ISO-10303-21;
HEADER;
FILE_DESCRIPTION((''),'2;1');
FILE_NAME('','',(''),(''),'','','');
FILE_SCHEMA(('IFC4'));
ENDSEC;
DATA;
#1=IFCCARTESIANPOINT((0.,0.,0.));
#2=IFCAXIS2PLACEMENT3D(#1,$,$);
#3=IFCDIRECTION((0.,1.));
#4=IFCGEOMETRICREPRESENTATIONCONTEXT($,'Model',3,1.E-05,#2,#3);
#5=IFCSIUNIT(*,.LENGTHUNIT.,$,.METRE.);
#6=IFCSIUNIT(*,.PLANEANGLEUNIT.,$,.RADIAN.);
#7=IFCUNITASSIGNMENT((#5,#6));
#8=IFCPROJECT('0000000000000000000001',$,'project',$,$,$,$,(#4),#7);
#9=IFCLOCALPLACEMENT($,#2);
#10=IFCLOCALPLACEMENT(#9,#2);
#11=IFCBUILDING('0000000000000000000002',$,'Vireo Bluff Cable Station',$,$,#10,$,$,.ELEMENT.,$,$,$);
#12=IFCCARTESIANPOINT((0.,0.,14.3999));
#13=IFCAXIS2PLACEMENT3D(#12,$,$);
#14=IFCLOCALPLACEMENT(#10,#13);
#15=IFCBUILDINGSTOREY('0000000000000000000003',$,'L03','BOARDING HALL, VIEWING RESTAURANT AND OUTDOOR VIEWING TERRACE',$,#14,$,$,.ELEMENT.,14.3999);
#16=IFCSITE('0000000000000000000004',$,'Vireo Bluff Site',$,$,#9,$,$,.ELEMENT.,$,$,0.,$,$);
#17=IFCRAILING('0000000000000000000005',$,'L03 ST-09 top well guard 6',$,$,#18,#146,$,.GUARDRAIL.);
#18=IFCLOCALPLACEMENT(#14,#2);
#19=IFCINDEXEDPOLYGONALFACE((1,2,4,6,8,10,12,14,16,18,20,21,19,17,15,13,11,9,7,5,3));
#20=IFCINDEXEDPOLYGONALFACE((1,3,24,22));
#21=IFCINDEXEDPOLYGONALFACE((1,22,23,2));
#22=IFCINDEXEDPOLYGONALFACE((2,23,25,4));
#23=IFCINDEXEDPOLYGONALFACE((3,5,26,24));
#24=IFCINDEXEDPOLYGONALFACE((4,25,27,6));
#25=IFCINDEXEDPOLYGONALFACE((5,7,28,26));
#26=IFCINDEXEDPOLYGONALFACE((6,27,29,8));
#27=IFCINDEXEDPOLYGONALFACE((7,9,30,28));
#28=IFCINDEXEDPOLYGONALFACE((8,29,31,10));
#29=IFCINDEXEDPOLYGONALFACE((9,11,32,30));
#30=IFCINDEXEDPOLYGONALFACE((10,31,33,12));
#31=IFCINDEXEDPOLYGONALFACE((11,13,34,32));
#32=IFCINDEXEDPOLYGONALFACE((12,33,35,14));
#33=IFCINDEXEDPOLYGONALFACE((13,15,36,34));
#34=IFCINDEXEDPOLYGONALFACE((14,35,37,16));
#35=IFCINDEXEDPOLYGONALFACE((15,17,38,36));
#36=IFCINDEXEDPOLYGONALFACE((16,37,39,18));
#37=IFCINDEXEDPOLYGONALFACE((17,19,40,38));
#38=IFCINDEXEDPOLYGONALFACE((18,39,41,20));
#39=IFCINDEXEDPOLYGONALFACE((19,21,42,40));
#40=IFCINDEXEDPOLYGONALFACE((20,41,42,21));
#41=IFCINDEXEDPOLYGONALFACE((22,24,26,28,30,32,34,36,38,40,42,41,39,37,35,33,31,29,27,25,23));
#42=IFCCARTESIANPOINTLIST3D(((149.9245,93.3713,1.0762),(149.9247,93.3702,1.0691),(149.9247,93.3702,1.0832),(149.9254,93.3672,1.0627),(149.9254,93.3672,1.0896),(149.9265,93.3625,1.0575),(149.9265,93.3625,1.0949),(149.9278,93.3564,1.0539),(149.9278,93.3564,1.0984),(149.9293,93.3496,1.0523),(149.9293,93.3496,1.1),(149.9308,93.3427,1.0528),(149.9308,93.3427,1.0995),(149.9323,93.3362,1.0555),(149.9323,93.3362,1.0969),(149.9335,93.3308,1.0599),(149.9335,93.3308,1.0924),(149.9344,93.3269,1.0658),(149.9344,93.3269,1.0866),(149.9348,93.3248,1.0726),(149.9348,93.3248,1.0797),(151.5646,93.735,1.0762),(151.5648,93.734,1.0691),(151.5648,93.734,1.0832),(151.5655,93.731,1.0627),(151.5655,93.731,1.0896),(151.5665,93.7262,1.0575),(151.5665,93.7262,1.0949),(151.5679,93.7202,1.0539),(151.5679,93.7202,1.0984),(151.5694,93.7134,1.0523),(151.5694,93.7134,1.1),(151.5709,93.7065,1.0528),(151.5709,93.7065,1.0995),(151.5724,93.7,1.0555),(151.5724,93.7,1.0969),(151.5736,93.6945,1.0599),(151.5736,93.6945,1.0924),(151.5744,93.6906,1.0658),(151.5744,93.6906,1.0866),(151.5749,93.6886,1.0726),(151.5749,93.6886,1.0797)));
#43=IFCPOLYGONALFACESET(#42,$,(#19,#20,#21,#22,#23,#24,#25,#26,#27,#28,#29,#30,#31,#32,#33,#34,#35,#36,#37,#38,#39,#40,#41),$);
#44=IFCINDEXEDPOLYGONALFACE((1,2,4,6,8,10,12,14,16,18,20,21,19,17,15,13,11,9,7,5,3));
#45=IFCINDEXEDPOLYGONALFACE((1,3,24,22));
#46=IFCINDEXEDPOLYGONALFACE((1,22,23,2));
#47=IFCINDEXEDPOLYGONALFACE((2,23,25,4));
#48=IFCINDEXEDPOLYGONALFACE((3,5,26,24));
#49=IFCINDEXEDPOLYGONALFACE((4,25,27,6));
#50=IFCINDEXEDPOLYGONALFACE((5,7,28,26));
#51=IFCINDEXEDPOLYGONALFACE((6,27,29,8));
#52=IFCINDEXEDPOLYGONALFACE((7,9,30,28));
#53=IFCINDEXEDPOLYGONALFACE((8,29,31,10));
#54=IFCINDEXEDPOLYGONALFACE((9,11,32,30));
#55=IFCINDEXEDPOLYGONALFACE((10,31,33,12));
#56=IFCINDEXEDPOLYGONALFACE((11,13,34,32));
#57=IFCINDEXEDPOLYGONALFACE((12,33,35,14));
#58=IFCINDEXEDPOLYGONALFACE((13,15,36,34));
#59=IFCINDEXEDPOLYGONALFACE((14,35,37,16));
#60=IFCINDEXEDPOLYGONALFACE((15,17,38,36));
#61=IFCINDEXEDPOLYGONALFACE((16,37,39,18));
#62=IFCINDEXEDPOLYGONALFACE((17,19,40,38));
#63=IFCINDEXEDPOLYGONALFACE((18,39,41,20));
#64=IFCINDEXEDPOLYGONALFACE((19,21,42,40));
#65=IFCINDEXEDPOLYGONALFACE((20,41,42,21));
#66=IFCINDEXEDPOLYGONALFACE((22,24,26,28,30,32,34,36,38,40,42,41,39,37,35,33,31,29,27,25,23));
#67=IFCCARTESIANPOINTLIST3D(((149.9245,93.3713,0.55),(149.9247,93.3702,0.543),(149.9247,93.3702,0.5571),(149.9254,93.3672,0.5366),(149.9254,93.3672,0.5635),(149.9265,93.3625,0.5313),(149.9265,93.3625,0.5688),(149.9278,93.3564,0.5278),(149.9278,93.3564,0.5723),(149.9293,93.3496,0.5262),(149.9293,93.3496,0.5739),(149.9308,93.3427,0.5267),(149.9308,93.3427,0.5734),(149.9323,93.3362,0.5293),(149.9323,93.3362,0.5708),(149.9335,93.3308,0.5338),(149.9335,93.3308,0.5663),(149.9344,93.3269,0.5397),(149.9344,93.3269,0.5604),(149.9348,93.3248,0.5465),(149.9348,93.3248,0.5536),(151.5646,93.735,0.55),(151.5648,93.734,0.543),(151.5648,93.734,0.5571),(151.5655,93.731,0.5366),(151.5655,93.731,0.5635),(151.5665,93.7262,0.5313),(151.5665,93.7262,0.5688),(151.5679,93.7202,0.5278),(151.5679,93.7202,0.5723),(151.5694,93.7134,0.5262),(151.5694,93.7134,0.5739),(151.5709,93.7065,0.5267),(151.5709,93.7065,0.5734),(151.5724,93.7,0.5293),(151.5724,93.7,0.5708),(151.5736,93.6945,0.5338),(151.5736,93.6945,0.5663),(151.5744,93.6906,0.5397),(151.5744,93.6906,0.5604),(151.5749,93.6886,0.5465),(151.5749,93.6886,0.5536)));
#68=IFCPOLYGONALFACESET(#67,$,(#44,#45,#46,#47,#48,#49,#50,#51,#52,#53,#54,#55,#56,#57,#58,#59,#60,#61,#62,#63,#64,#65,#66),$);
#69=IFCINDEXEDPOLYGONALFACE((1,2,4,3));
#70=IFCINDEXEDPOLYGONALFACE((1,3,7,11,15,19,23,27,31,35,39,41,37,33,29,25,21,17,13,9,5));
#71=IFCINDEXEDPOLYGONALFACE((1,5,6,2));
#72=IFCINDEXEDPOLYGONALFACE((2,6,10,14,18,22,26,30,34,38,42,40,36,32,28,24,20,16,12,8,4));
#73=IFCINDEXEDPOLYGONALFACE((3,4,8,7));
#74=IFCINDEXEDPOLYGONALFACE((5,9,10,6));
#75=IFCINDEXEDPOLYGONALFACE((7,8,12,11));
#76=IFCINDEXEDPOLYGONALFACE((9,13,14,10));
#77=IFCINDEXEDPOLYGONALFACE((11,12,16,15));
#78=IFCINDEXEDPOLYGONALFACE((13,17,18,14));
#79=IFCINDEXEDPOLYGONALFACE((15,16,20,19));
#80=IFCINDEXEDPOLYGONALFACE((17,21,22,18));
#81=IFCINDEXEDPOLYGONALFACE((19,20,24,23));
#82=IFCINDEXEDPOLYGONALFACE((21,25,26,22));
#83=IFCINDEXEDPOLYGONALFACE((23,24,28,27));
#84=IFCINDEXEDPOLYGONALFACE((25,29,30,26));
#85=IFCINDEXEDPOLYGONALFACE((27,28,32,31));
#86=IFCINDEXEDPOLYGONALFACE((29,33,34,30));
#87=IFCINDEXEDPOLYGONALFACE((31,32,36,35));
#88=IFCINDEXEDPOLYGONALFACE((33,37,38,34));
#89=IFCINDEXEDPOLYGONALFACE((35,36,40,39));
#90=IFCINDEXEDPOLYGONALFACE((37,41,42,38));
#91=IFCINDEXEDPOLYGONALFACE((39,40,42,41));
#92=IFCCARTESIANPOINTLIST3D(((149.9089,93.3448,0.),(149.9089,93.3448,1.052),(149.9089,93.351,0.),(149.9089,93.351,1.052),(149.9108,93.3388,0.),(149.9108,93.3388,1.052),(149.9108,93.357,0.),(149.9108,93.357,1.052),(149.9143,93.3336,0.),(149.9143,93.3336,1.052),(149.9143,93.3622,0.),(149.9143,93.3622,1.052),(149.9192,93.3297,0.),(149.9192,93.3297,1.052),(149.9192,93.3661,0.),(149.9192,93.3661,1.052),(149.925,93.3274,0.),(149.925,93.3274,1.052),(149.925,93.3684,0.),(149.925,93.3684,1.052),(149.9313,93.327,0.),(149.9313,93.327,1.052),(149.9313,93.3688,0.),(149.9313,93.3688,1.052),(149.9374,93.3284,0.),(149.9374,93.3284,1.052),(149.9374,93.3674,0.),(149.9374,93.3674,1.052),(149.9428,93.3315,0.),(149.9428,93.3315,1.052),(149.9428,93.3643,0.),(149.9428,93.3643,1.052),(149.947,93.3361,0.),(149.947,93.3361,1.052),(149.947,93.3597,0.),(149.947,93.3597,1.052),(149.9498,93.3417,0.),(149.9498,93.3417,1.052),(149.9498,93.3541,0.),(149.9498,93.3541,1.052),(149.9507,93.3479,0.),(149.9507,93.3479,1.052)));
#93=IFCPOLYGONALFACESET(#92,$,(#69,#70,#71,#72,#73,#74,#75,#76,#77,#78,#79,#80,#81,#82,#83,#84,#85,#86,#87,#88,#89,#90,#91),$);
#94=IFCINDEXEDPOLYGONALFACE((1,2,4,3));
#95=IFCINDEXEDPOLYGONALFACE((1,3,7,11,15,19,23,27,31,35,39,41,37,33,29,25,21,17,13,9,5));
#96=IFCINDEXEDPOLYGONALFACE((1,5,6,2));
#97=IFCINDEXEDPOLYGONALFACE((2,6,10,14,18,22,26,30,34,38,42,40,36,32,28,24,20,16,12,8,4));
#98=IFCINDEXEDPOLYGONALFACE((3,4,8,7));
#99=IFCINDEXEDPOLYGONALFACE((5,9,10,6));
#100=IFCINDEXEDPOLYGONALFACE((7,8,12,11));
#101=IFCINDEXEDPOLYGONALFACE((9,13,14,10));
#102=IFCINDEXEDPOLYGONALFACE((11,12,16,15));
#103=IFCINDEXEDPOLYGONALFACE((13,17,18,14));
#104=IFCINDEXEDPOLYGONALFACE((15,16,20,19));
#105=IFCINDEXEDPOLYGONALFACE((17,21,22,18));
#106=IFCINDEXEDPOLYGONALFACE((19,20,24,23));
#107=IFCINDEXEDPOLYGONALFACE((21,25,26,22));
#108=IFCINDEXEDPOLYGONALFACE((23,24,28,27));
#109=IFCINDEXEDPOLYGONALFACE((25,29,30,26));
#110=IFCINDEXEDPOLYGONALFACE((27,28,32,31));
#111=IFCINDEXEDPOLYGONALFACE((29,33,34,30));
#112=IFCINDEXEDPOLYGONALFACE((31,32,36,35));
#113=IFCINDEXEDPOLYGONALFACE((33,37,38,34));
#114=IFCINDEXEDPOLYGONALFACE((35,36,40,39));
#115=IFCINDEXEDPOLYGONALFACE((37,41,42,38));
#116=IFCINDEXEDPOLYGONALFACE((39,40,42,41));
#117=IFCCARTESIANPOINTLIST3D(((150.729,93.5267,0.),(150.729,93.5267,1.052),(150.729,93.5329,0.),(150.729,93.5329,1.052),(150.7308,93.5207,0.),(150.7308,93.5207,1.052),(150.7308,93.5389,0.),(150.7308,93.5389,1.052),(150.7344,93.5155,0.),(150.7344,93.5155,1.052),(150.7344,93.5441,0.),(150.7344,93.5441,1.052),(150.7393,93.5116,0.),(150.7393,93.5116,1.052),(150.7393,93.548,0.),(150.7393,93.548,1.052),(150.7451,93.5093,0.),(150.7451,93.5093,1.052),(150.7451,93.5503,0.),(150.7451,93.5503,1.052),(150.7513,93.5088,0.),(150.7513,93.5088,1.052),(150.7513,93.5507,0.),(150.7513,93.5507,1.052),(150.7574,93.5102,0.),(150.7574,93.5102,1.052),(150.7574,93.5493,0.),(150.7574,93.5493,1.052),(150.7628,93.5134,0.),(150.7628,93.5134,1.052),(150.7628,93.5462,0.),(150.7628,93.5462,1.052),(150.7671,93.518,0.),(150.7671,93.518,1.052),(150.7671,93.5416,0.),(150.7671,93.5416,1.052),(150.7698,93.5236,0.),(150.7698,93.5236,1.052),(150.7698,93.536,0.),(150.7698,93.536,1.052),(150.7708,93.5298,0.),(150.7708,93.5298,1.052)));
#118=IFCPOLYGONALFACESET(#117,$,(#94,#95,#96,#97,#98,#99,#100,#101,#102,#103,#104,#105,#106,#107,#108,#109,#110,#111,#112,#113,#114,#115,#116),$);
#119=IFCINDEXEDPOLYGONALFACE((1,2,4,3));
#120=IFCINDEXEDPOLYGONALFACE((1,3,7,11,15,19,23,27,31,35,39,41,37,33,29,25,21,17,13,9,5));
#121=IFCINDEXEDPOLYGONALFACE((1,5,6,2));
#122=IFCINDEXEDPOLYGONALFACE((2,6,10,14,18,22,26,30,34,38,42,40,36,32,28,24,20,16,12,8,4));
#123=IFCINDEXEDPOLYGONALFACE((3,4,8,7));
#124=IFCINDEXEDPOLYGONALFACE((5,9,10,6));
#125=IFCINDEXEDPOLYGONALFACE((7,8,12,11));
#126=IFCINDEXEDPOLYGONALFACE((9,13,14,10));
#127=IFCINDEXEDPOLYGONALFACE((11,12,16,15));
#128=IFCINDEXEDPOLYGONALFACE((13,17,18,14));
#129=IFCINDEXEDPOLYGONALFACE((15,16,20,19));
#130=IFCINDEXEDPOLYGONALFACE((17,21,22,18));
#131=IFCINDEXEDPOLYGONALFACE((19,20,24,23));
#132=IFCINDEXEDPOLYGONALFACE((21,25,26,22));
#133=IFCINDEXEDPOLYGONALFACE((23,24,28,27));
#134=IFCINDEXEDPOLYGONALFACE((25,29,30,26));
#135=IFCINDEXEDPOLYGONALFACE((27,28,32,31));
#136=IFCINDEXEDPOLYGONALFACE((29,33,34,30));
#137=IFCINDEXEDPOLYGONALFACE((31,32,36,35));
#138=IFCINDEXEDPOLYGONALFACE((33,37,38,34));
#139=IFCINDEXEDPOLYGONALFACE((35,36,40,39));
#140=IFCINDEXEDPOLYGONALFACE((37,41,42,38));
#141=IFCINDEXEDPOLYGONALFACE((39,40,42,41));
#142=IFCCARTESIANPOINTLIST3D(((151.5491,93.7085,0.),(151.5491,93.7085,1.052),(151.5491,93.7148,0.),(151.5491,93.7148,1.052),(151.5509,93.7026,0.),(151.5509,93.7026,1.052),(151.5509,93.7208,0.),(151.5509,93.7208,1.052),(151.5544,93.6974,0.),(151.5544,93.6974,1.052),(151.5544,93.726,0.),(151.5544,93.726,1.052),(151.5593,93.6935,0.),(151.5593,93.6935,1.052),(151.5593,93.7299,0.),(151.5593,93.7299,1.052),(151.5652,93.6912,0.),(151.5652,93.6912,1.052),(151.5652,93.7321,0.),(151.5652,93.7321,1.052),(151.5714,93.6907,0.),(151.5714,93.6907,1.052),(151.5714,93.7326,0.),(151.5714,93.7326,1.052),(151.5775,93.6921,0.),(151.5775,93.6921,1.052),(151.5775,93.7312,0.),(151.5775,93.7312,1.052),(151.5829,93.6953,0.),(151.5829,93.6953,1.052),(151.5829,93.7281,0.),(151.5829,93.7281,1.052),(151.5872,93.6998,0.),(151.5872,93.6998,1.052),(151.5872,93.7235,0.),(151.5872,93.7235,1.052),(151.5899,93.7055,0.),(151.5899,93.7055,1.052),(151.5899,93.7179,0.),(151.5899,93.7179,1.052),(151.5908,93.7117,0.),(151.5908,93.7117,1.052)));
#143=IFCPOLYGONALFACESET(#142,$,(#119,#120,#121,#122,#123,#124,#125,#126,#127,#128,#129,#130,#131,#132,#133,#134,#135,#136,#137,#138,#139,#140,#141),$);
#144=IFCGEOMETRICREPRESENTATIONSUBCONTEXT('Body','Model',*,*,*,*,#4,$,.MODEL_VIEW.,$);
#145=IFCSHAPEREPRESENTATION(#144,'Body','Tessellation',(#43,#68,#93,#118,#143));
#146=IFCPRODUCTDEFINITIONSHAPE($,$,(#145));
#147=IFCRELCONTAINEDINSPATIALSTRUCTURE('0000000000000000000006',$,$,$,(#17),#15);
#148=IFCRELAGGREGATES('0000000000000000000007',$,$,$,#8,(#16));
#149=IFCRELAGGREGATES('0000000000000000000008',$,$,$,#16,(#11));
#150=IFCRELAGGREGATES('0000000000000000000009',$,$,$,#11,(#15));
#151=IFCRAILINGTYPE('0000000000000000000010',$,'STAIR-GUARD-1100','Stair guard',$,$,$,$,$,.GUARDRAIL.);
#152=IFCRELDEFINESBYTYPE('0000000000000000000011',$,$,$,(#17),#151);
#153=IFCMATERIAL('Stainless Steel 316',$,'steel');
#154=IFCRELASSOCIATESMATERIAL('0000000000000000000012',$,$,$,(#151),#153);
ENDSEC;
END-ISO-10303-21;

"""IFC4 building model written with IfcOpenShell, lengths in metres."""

from ifc_helpers import new_model, si_unit, direction, frame, origin, origin_2d, place, context, subcontext, project, spatial, circle, extrude, material, type_object, element, save


model = new_model("IFC4")

# Units and contexts
model_context = context("Model", 3, precision=1e-05, world=origin(), true_north=direction((0.0, 1.0)))
body_context = subcontext(model_context, "Body", "Model", "MODEL_VIEW")
ifc_project = project(units=[si_unit("LENGTHUNIT", "METRE"), si_unit("PLANEANGLEUNIT", "RADIAN")], contexts=[model_context])

# Site, building, storey
site_placement = place(None, origin())
site = spatial("IfcSite", under=ifc_project, at=site_placement, Name="Vireo Bluff Site", CompositionType="ELEMENT", RefElevation=0.0)
building_placement = place(site_placement, origin())
building = spatial("IfcBuilding", under=site, at=building_placement, Name="Vireo Bluff Cable Station", CompositionType="ELEMENT")
storey_placement = place(building_placement, frame((0.0, 0.0, 14.3999)))
storey = spatial("IfcBuildingStorey", under=building, at=storey_placement, Name="L03", Description="BOARDING HALL, VIEWING RESTAURANT AND OUTDOOR VIEWING TERRACE", CompositionType="ELEMENT", Elevation=14.3999)

# Shared definitions
ifc_material_1 = material(Name="Stainless Steel 316", Category="steel")

# Railing
railing_type = type_object("IfcRailingType", Name="STAIR-GUARD-1100", Description="Stair guard", PredefinedType="GUARDRAIL", material=ifc_material_1)
railing_1_placement = place(storey_placement, frame((149.9297, 93.3479, 0.0)))
element("IfcRailing", 1, at=railing_1_placement, inside=storey, type_object=railing_type, Name="L03 ST-09 top well guard 6", PredefinedType="GUARDRAIL", context=body_context, shape_type="SweptSolid", body=[
    extrude(circle(Radius=0.0239, at=origin_2d()), frame((0.0, 0.0, 1.0762), z_axis=(0.976276, 0.21653, 0.0), x_axis=(-0.21653, 0.976276, 0.0)), (0.0, 0.0, 1.0), 1.6799),
    extrude(circle(Radius=0.0239, at=origin_2d()), frame((0.0, 0.0, 0.55), z_axis=(0.976276, 0.21653, 0.0), x_axis=(-0.21653, 0.976276, 0.0)), (0.0, 0.0, 1.0), 1.6799),
    extrude(circle(Radius=0.021, at=origin_2d()), origin(), (0.0, 0.0, 1.0), 1.052),
    extrude(circle(Radius=0.021, at=origin_2d()), frame((0.8201, 0.1819, 0.0)), (0.0, 0.0, 1.0), 1.052),
    extrude(circle(Radius=0.021, at=origin_2d()), frame((1.6401, 0.3638, 0.0)), (0.0, 0.0, 1.0), 1.052),
])

save(model, "model.ifc")
